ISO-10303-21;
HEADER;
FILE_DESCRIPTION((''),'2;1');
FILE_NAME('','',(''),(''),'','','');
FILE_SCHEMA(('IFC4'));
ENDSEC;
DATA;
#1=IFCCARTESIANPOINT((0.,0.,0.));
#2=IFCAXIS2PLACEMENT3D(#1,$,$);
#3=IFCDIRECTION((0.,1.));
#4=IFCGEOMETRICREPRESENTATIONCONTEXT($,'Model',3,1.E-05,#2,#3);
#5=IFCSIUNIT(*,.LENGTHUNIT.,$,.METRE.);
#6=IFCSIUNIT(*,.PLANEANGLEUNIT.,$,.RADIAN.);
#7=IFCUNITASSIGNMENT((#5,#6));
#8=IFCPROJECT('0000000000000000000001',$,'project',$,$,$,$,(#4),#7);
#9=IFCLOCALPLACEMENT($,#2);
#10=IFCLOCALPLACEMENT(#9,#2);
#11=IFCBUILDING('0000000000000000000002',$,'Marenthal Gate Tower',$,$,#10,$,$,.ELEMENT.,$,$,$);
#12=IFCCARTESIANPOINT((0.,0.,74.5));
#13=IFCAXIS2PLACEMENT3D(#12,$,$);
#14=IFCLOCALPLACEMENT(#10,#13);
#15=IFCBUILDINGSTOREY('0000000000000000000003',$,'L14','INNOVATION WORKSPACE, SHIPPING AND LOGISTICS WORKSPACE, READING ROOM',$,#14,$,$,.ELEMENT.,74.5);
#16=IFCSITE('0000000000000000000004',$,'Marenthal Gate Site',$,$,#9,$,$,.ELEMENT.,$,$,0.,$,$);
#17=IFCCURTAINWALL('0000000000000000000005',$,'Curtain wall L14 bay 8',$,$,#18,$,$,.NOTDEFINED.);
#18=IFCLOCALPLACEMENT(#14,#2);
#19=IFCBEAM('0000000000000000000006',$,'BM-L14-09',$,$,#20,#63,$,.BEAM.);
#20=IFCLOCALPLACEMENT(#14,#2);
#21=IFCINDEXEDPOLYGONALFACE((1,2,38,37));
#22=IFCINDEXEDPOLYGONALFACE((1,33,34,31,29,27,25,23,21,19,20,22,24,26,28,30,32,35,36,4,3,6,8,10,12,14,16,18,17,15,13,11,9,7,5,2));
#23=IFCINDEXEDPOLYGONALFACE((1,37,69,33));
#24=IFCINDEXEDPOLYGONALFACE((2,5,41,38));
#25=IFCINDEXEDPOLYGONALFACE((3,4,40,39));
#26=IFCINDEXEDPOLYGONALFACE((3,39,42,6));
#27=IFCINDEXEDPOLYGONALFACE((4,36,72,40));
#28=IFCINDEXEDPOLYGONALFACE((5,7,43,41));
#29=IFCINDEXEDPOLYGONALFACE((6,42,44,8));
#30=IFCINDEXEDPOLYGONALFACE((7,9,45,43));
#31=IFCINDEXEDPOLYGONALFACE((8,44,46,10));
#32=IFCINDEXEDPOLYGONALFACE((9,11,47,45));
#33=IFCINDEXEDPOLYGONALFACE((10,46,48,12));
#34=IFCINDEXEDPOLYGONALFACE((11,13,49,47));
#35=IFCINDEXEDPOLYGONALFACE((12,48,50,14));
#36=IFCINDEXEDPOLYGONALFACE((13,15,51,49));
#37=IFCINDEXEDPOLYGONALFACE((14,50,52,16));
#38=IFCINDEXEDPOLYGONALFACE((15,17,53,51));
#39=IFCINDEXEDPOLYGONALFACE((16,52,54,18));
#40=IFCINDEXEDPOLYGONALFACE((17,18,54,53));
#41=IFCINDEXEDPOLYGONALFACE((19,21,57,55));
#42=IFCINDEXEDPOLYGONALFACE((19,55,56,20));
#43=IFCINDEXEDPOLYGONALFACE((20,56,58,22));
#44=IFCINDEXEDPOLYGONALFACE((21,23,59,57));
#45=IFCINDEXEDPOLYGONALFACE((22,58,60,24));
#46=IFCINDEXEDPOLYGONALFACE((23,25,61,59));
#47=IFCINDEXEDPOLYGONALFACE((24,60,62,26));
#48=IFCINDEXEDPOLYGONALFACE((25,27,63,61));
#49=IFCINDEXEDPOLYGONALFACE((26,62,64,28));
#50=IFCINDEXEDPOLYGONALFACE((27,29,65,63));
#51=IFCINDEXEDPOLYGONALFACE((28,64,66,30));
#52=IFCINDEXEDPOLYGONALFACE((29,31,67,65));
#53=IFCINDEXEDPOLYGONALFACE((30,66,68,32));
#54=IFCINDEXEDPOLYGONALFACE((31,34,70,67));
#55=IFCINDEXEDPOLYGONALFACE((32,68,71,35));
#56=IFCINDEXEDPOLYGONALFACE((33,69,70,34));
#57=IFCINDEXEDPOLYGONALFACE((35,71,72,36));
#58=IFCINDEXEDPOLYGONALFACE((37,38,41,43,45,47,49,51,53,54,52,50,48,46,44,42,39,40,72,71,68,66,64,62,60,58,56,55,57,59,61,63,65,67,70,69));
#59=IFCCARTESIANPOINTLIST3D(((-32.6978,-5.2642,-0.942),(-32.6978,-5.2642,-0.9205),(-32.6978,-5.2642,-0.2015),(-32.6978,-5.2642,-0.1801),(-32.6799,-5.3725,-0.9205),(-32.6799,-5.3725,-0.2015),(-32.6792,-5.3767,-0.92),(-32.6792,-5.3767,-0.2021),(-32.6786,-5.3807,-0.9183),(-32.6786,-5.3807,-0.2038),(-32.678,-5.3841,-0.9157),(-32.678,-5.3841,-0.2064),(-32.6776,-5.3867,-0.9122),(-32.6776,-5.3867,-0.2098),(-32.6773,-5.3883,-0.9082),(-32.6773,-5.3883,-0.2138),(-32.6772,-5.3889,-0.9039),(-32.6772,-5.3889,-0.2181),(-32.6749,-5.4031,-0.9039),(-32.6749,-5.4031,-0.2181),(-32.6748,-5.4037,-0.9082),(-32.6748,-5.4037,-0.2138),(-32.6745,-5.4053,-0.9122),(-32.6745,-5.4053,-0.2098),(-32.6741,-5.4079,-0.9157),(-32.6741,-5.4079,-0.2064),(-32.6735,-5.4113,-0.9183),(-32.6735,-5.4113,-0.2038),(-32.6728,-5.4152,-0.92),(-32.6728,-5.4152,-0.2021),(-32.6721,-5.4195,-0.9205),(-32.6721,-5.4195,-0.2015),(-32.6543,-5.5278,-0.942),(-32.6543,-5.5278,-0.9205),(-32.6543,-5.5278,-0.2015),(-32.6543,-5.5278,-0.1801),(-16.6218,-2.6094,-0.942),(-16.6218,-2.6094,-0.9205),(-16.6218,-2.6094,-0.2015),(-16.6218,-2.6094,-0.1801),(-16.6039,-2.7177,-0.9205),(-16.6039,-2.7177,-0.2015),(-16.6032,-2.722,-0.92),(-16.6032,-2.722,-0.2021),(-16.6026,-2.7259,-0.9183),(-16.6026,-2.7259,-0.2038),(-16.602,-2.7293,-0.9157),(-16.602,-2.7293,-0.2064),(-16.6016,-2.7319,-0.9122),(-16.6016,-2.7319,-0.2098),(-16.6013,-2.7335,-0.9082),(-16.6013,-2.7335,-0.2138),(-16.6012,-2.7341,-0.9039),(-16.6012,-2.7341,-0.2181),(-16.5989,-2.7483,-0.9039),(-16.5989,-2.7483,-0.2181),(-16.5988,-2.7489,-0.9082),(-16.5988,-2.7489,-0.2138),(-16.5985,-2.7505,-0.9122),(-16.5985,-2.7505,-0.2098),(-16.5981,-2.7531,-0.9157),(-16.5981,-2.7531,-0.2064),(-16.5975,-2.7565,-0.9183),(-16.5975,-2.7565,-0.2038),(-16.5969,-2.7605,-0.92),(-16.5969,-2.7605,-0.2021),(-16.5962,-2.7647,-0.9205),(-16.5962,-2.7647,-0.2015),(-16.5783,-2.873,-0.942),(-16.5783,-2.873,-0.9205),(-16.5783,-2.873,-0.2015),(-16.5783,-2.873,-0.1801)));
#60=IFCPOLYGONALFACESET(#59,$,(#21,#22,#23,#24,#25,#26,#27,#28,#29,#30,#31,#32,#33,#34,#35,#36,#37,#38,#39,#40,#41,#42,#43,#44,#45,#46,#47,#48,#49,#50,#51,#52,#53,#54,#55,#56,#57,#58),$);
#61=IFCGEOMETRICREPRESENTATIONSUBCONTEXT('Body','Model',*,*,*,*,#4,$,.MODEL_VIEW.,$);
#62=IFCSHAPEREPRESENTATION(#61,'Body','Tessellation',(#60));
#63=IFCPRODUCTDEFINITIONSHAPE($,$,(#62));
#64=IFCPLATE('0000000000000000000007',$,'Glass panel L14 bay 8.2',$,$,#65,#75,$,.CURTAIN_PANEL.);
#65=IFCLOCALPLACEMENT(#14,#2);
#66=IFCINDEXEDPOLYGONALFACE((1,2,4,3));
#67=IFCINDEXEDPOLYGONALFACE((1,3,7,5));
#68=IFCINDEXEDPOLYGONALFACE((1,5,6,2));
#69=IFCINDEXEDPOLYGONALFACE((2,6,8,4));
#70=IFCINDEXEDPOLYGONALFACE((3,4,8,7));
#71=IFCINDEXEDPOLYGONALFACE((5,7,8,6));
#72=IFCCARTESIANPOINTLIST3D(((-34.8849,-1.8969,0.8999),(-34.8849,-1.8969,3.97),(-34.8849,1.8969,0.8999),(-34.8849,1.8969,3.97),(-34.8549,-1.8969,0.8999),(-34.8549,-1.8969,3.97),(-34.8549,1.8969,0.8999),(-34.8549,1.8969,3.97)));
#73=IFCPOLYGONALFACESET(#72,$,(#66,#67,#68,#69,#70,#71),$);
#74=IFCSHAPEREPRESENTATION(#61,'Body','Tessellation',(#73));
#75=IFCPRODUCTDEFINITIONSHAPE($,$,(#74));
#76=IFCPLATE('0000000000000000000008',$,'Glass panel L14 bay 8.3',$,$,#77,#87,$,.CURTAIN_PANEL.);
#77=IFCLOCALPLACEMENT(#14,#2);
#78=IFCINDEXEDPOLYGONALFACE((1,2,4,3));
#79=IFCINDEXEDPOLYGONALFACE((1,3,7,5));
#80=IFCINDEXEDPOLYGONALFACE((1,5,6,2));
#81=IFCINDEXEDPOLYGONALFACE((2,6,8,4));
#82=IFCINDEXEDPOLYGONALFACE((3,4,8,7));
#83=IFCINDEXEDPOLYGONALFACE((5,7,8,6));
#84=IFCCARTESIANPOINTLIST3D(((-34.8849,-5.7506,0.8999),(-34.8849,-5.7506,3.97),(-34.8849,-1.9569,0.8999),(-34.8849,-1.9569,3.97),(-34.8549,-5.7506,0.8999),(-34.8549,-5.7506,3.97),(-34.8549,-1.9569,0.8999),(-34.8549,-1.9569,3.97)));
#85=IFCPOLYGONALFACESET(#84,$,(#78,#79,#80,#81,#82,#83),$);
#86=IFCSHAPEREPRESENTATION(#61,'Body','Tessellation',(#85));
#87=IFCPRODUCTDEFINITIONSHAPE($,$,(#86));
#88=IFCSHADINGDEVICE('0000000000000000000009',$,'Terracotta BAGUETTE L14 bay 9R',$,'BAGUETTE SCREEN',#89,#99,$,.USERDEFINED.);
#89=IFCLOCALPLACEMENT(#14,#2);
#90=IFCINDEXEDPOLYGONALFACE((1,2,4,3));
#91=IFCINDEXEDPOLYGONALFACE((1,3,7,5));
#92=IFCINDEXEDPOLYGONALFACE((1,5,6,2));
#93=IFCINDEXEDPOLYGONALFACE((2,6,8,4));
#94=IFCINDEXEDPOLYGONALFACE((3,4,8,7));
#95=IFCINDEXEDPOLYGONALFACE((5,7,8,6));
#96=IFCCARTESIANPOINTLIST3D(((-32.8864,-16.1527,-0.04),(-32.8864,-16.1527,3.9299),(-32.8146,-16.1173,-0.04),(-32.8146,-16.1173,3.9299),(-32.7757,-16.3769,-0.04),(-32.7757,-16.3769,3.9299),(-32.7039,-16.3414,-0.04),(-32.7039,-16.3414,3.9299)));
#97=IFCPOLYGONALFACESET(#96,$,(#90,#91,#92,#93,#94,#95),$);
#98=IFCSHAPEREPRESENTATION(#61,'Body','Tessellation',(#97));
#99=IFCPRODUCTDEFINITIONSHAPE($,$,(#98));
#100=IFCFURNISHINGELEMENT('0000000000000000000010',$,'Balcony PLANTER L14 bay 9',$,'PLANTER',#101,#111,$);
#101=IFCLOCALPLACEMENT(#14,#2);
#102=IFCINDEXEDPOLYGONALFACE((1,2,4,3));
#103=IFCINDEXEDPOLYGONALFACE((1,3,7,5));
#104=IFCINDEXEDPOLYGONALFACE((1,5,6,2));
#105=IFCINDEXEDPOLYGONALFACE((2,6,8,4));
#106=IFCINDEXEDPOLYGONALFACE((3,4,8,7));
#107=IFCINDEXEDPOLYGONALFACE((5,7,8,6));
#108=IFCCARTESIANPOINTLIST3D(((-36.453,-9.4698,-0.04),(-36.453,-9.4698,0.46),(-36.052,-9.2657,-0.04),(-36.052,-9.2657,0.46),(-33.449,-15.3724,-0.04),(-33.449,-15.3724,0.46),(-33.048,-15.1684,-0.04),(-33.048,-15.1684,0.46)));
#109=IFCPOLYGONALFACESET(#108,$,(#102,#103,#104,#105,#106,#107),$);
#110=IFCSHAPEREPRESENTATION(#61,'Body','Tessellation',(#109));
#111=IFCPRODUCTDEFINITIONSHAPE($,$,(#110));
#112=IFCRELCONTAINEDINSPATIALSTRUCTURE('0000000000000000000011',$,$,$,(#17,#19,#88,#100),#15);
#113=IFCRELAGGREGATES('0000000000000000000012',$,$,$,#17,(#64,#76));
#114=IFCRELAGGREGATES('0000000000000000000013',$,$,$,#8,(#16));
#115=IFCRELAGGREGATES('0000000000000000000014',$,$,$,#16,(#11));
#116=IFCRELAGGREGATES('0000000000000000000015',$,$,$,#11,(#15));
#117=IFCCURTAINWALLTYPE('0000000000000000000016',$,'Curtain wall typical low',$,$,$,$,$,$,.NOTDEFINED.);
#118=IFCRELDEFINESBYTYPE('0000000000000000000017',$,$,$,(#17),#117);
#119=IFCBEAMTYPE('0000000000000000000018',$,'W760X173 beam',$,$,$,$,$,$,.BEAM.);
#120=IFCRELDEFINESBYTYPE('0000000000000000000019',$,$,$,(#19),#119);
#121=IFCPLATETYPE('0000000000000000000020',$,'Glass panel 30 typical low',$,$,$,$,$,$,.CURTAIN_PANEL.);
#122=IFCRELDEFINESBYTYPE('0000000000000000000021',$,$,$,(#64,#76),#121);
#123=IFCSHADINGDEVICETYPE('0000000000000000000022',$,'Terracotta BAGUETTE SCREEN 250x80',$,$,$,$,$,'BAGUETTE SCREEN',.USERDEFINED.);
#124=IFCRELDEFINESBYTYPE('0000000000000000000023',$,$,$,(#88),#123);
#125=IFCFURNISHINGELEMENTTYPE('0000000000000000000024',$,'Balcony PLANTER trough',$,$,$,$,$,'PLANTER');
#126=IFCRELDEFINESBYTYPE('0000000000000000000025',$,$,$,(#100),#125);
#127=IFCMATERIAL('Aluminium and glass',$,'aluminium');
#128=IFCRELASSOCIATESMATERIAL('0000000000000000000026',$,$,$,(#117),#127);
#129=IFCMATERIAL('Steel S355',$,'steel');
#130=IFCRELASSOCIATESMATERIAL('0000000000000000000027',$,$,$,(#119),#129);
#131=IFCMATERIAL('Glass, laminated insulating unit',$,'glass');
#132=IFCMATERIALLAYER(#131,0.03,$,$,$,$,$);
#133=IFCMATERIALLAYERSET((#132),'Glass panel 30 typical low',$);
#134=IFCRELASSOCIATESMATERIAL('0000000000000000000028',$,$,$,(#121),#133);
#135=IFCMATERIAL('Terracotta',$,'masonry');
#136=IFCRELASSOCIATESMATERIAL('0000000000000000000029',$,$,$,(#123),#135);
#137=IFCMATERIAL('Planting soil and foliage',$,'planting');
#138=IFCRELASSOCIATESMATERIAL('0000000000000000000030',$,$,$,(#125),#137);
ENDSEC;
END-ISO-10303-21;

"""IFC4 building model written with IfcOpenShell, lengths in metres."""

from ifc_helpers import new_model, si_unit, direction, frame, origin, origin_2d, place, context, subcontext, project, spatial, rectangle, i_section, extrude, material, layer, layer_set, material_profile, profile_set, type_object, element, aggregate, save


model = new_model("IFC4")

# Units and contexts
model_context = context("Model", 3, precision=1e-05, world=origin(), true_north=direction((0.0, 1.0)))
body_context = subcontext(model_context, "Body", "Model", "MODEL_VIEW")
ifc_project = project(units=[si_unit("LENGTHUNIT", "METRE"), si_unit("PLANEANGLEUNIT", "RADIAN")], contexts=[model_context])

# Site, building, storey
site_placement = place(None, origin())
site = spatial("IfcSite", under=ifc_project, at=site_placement, Name="Marenthal Gate Site", CompositionType="ELEMENT", RefElevation=0.0)
building_placement = place(site_placement, origin())
building = spatial("IfcBuilding", under=site, at=building_placement, Name="Marenthal Gate Tower", CompositionType="ELEMENT")
storey_placement = place(building_placement, frame((0.0, 0.0, 74.5)))
storey = spatial("IfcBuildingStorey", under=building, at=storey_placement, Name="L14", Description="INNOVATION WORKSPACE, SHIPPING AND LOGISTICS WORKSPACE, READING ROOM", CompositionType="ELEMENT", Elevation=74.5)

# Curtain wall
ifc_material_1 = material(Name="Aluminium and glass", Category="aluminium")
curtain_wall_type = type_object("IfcCurtainWallType", Name="Curtain wall typical low", PredefinedType="NOTDEFINED", material=ifc_material_1)
curtain_wall_placement = place(storey_placement, origin())
curtain_wall = element("IfcCurtainWall", 1, at=curtain_wall_placement, inside=storey, type_object=curtain_wall_type, Name="Curtain wall L14 bay 8", PredefinedType="NOTDEFINED")

# Beam
ifc_material_2 = material(Name="Steel S355", Category="steel")
ifc_material_profile_1 = material_profile(ifc_material_2, i_section(OverallWidth=0.2671, OverallDepth=0.762, WebThickness=0.0144, FlangeThickness=0.0215, FilletRadius=0.0166, at=origin_2d()), Name="W760X173")
ifc_profile_set_1 = profile_set([ifc_material_profile_1], Name="Steel S355")
beam_type_1 = type_object("IfcBeamType", Name="W760X173 beam", PredefinedType="BEAM", material=ifc_profile_set_1)
beam_1_placement = place(storey_placement, frame((-32.676, -5.396, -0.561), z_axis=(0.986637, 0.162934, 0.0), x_axis=(-0.162934, 0.986637, 0.0)))
element("IfcBeam", 2, at=beam_1_placement, inside=storey, type_object=beam_type_1, Name="BM-L14-09", PredefinedType="BEAM", context=body_context, shape_type="SweptSolid", body=[
    extrude(i_section(OverallWidth=0.2671, OverallDepth=0.762, WebThickness=0.0144, FlangeThickness=0.0215, FilletRadius=0.0166, at=origin_2d()), origin(), (0.0, 0.0, 1.0), 16.2937),
])

# Plates
ifc_material_3 = material(Name="Glass, laminated insulating unit", Category="glass")
ifc_layer_1 = layer(ifc_material_3, 0.03)
ifc_layer_set_1 = layer_set([ifc_layer_1], Name="Glass panel 30 typical low")
plate_type = type_object("IfcPlateType", Name="Glass panel 30 typical low", PredefinedType="CURTAIN_PANEL", material=ifc_layer_set_1)
plate_1_placement = place(storey_placement, frame((-34.8699, 0.0, 0.8999), z_axis=(0.0, 0.0, 1.0), x_axis=(0.0, -1.0, 0.0)))
plate_1 = element("IfcPlate", 3, at=plate_1_placement, type_object=plate_type, Name="Glass panel L14 bay 8.2", PredefinedType="CURTAIN_PANEL", context=body_context, shape_type="SweptSolid", body=[
    extrude(rectangle(XDim=3.7937, YDim=0.03, at=origin_2d()), origin(), (0.0, 0.0, 1.0), 3.0701),
])
plate_2_placement = place(storey_placement, frame((-34.8699, -3.8538, 0.8999), z_axis=(0.0, 0.0, 1.0), x_axis=(0.0, -1.0, 0.0)))
plate_2 = element("IfcPlate", 4, at=plate_2_placement, type_object=plate_type, Name="Glass panel L14 bay 8.3", PredefinedType="CURTAIN_PANEL", context=body_context, shape_type="SweptSolid", body=[
    extrude(rectangle(XDim=3.7937, YDim=0.03, at=origin_2d()), origin(), (0.0, 0.0, 1.0), 3.0701),
])
aggregate(curtain_wall, [plate_1, plate_2])

# Shading device
ifc_material_4 = material(Name="Terracotta", Category="masonry")
ifc_material_profile_2 = material_profile(ifc_material_4, rectangle(XDim=0.25, YDim=0.0801, at=origin_2d()), Name="Terracotta baguette 250x80")
ifc_profile_set_2 = profile_set([ifc_material_profile_2], Name="Terracotta")
shading_device_type = type_object("IfcShadingDeviceType", Name="Terracotta BAGUETTE SCREEN 250x80", ElementType="BAGUETTE SCREEN", PredefinedType="USERDEFINED", material=ifc_profile_set_2)
shading_device_placement = place(storey_placement, frame((-32.7952, -16.2471, -0.04), z_axis=(0.0, 0.0, 1.0), x_axis=(0.442939, -0.896552, 0.0)))
element("IfcShadingDevice", 5, at=shading_device_placement, inside=storey, type_object=shading_device_type, Name="Terracotta BAGUETTE L14 bay 9R", ObjectType="BAGUETTE SCREEN", PredefinedType="USERDEFINED", context=body_context, shape_type="SweptSolid", body=[
    extrude(rectangle(XDim=0.25, YDim=0.0801, at=origin_2d()), origin(), (0.0, 0.0, 1.0), 3.97),
])

# Furnishing element
ifc_material_5 = material(Name="Planting soil and foliage", Category="planting")
furnishing_element_type = type_object("IfcFurnishingElementType", Name="Balcony PLANTER trough", ElementType="PLANTER", material=ifc_material_5)
furnishing_placement = place(storey_placement, frame((-34.7505, -12.3191, -0.04), z_axis=(0.0, 0.0, 1.0), x_axis=(0.453561, -0.891225, 0.0)))
element("IfcFurnishingElement", 6, at=furnishing_placement, inside=storey, type_object=furnishing_element_type, Name="Balcony PLANTER L14 bay 9", ObjectType="PLANTER", context=body_context, shape_type="SweptSolid", body=[
    extrude(rectangle(XDim=6.623, YDim=0.45, at=origin_2d()), origin(), (0.0, 0.0, 1.0), 0.5),
])

save(model, "model.ifc")
